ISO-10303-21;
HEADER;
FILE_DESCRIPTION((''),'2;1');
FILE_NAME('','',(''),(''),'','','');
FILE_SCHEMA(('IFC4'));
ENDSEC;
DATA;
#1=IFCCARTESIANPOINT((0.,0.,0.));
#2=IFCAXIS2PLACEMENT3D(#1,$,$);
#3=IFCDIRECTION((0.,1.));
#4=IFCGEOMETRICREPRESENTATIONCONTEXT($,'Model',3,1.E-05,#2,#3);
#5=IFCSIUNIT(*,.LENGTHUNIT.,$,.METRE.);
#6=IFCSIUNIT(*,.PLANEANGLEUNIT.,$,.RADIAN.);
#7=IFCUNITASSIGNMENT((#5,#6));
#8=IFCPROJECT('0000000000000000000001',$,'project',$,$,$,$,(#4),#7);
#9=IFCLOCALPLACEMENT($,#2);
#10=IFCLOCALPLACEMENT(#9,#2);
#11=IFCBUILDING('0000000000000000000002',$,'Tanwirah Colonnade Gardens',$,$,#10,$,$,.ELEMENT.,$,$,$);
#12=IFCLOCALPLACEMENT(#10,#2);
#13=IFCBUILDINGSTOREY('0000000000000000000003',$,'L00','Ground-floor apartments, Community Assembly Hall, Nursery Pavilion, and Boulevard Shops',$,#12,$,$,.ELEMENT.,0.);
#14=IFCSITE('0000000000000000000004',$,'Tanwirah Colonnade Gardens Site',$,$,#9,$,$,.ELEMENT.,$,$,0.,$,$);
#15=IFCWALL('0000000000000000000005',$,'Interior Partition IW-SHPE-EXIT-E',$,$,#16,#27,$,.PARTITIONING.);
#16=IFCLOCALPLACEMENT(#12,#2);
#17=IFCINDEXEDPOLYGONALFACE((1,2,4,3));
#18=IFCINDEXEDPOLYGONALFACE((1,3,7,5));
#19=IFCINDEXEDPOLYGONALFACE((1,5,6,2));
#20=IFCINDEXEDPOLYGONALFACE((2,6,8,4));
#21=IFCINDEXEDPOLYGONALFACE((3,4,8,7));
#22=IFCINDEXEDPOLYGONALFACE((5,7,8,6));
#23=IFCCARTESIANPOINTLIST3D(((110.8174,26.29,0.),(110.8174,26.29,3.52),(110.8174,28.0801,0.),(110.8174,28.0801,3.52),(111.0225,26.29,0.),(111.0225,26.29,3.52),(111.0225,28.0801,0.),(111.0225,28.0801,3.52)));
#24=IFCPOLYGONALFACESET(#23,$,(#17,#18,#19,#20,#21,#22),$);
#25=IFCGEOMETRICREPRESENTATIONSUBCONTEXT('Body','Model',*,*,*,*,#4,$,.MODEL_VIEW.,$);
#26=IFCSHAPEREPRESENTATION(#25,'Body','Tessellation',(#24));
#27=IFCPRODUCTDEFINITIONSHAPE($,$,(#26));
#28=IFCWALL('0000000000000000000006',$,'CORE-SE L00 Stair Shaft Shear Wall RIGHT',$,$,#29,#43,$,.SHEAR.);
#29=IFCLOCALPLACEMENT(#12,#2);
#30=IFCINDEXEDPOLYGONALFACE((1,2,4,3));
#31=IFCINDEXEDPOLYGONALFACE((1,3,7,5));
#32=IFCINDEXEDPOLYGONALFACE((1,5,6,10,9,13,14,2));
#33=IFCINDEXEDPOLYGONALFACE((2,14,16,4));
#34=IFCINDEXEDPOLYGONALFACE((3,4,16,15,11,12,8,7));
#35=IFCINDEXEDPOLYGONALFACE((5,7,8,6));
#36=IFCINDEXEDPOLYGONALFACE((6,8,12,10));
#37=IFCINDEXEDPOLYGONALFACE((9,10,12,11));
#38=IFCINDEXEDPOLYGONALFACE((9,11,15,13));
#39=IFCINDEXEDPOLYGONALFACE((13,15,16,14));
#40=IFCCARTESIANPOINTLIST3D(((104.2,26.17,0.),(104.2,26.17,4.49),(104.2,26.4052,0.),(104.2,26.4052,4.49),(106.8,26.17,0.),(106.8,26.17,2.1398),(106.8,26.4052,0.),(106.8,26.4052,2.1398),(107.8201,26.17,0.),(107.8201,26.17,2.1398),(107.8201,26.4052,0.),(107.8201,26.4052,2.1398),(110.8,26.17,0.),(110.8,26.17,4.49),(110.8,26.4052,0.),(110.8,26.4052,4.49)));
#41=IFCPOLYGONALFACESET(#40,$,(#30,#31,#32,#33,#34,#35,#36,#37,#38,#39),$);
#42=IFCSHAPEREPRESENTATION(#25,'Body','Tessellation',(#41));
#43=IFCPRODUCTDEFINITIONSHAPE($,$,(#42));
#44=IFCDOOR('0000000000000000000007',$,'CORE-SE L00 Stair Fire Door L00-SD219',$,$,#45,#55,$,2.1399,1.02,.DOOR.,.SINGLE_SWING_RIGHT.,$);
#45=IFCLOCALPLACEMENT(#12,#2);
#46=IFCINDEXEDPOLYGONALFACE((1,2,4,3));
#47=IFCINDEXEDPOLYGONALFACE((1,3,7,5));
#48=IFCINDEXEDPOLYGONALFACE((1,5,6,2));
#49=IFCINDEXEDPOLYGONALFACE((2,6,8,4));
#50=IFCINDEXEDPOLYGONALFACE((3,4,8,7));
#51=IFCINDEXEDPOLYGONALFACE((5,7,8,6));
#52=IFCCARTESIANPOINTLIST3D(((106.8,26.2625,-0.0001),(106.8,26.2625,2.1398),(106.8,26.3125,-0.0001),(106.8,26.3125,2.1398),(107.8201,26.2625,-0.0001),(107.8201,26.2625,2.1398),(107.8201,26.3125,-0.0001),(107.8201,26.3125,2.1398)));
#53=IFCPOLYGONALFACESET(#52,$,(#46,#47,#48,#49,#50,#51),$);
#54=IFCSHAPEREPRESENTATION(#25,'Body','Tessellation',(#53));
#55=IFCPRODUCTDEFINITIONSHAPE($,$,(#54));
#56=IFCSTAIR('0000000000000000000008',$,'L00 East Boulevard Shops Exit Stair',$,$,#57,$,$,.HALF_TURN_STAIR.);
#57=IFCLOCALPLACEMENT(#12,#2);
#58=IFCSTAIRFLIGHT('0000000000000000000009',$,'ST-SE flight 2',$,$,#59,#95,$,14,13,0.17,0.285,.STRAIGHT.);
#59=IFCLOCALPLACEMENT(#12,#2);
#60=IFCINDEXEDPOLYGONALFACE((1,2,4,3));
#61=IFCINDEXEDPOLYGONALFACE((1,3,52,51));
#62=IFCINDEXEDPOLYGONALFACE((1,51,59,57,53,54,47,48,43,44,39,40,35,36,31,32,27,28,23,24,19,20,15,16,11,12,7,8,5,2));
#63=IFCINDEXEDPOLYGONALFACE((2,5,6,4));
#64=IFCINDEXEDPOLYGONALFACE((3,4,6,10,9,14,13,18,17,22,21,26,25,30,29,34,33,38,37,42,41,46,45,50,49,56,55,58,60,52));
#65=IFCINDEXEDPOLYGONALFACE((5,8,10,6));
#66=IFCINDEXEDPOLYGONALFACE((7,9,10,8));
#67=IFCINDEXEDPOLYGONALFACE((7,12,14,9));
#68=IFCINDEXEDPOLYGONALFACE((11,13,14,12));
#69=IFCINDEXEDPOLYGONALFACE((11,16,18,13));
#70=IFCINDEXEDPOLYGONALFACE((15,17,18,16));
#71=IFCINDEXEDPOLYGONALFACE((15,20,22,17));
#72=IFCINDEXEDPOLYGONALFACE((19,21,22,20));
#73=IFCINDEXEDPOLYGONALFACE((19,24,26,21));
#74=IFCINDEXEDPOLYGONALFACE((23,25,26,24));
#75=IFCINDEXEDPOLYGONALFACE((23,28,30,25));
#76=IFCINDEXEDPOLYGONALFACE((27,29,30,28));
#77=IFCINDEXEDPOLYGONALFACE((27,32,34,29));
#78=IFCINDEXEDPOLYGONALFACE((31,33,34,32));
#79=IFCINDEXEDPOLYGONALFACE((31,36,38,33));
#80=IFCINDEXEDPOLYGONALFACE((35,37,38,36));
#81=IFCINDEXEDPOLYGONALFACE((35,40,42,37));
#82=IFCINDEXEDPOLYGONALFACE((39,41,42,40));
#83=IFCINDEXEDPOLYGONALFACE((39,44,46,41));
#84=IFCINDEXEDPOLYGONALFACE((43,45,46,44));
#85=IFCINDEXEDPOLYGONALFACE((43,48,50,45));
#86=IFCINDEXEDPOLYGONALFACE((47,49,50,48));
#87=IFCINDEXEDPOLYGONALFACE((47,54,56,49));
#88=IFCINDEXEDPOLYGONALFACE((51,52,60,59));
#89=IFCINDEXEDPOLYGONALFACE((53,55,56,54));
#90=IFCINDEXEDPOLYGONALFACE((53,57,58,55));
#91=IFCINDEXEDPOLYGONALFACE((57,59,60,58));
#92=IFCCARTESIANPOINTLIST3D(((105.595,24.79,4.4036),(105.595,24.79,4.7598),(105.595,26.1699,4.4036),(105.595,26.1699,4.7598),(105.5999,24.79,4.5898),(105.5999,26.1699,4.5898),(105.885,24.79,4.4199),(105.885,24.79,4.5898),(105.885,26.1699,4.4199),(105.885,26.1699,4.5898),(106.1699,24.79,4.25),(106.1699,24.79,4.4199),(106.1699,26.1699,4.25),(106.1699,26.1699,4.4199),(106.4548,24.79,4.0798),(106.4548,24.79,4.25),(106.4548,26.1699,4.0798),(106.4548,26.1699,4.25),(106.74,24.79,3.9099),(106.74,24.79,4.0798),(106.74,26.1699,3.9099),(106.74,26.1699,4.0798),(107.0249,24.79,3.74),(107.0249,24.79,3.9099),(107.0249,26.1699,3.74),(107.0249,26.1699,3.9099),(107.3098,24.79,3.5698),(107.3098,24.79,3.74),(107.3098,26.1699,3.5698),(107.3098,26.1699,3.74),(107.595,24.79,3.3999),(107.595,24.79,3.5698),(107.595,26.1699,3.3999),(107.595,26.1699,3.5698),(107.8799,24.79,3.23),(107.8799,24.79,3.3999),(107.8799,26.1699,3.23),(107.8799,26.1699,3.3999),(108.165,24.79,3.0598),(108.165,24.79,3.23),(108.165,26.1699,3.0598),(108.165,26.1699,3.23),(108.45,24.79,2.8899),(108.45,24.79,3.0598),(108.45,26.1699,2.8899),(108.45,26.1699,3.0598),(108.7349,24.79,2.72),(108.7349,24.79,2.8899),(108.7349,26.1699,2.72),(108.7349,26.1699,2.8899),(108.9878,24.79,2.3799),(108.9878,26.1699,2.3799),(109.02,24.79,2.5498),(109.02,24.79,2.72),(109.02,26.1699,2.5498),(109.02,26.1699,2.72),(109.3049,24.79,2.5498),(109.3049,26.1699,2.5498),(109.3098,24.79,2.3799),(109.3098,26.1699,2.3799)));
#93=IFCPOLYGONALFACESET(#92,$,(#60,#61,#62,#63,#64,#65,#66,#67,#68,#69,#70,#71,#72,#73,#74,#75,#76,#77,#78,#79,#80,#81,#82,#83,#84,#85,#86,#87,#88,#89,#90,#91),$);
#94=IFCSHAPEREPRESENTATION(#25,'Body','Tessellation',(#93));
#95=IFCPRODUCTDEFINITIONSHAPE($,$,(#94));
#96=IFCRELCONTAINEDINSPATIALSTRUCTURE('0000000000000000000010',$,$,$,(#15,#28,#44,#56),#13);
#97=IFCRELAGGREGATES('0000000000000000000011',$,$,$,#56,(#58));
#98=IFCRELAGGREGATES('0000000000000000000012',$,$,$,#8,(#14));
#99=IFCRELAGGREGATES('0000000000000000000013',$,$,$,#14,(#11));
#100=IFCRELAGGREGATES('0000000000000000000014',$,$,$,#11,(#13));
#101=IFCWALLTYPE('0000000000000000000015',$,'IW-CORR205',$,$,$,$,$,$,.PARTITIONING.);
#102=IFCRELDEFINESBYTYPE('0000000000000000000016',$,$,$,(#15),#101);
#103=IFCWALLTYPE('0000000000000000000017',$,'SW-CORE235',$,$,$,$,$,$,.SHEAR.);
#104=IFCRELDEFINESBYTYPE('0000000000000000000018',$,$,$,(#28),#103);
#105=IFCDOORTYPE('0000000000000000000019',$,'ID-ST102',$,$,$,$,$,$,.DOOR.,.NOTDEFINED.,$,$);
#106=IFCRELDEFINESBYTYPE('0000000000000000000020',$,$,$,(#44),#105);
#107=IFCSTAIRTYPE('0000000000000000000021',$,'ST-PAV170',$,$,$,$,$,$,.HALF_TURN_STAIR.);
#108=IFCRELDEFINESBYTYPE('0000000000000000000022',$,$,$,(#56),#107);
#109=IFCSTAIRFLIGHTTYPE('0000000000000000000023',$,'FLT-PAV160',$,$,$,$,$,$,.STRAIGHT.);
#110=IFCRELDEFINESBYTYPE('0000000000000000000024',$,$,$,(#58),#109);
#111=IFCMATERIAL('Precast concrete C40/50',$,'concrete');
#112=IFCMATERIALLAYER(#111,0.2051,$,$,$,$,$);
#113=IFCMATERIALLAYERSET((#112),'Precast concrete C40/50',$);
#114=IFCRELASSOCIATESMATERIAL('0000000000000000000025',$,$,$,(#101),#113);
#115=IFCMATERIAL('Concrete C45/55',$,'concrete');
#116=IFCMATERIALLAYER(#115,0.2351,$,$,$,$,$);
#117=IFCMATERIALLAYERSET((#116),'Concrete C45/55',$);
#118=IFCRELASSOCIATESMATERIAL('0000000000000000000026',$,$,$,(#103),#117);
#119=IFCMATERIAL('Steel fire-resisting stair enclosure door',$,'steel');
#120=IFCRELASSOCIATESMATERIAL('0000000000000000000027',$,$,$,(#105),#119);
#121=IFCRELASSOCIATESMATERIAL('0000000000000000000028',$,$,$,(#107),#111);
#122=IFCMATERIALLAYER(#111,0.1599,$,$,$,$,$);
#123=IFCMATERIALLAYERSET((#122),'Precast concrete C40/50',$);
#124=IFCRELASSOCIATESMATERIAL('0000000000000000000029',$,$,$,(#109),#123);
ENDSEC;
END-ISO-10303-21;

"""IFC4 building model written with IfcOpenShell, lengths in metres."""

from ifc_helpers import new_model, si_unit, direction, frame, frame_2d, origin, place, context, subcontext, project, spatial, polyline, rectangle, outline, extrude, material, layer, layer_set, type_object, element, fill, aggregate, save


model = new_model("IFC4")

# Units and contexts
model_context = context("Model", 3, precision=1e-05, world=origin(), true_north=direction((0.0, 1.0)))
body_context = subcontext(model_context, "Body", "Model", "MODEL_VIEW")
ifc_project = project(units=[si_unit("LENGTHUNIT", "METRE"), si_unit("PLANEANGLEUNIT", "RADIAN")], contexts=[model_context])

# Site, building, storey
site_placement = place(None, origin())
site = spatial("IfcSite", under=ifc_project, at=site_placement, Name="Tanwirah Colonnade Gardens Site", CompositionType="ELEMENT", RefElevation=0.0)
building_placement = place(site_placement, origin())
building = spatial("IfcBuilding", under=site, at=building_placement, Name="Tanwirah Colonnade Gardens", CompositionType="ELEMENT")
storey_placement = place(building_placement, origin())
storey = spatial("IfcBuildingStorey", under=building, at=storey_placement, Name="L00", Description="Ground-floor apartments, Community Assembly Hall, Nursery Pavilion, and Boulevard Shops", CompositionType="ELEMENT", Elevation=0.0)

# Shared definitions
ifc_material_1 = material(Name="Precast concrete C40/50", Category="concrete")

# Wall
ifc_layer_1 = layer(ifc_material_1, 0.2051)
ifc_layer_set_1 = layer_set([ifc_layer_1], Name="Precast concrete C40/50")
wall_type_1 = type_object("IfcWallType", Name="IW-CORR205", PredefinedType="PARTITIONING", material=ifc_layer_set_1)
wall_1_placement = place(storey_placement, frame((110.9199, 26.29, 0.0), z_axis=(0.0, 0.0, 1.0), x_axis=(0.0, 1.0, 0.0)))
element("IfcWall", 1, at=wall_1_placement, inside=storey, type_object=wall_type_1, Name="Interior Partition IW-SHPE-EXIT-E", PredefinedType="PARTITIONING", context=body_context, shape_type="SweptSolid", body=[
    extrude(rectangle(XDim=1.79, YDim=0.2051, at=frame_2d((0.895, 0.0))), origin(), (0.0, 0.0, 1.0), 3.52),
])

# Wall, opening, door
ifc_material_2 = material(Name="Concrete C45/55", Category="concrete")
ifc_layer_2 = layer(ifc_material_2, 0.2351)
ifc_layer_set_2 = layer_set([ifc_layer_2], Name="Concrete C45/55")
wall_type_2 = type_object("IfcWallType", Name="SW-CORE235", PredefinedType="SHEAR", material=ifc_layer_set_2)
wall_2_placement = place(storey_placement, frame((104.2, 26.2876, 0.0), z_axis=(0.0, 0.0, 1.0), x_axis=(1.0, 0.0, 0.0)))
wall_2 = element("IfcWall", 2, at=wall_2_placement, inside=storey, type_object=wall_type_2, Name="CORE-SE L00 Stair Shaft Shear Wall RIGHT", PredefinedType="SHEAR", context=body_context, shape_type="SweptSolid", body=[
    extrude(rectangle(XDim=6.6001, YDim=0.2351, at=frame_2d((3.3, 0.0))), origin(), (0.0, 0.0, 1.0), 4.49),
])
opening_1_placement = place(wall_2_placement, frame((2.6001, 0.0, 0.0)))
opening_1 = element("IfcOpeningElement", 3, at=opening_1_placement, cuts=wall_2, PredefinedType="OPENING", context=body_context, shape_type="SweptSolid", body=[
    extrude(rectangle(XDim=1.02, YDim=2.1399, at=frame_2d((0.51, 1.0698))), frame((0.0, 0.1274, 0.0), z_axis=(0.0, -1.0, 0.0), x_axis=(1.0, 0.0, 0.0)), (0.0, 0.0, 1.0), 0.2551),
])
ifc_material_3 = material(Name="Steel fire-resisting stair enclosure door", Category="steel")
door_type_1 = type_object("IfcDoorType", Name="ID-ST102", OperationType="NOTDEFINED", PredefinedType="DOOR", material=ifc_material_3)
door_1_placement = place(opening_1_placement, origin())
door_1 = element("IfcDoor", 4, at=door_1_placement, inside=storey, type_object=door_type_1, Name="CORE-SE L00 Stair Fire Door L00-SD219", OperationType="SINGLE_SWING_RIGHT", OverallHeight=2.1399, OverallWidth=1.02, PredefinedType="DOOR", context=body_context, shape_type="SweptSolid", body=[
    extrude(rectangle(XDim=1.02, YDim=2.1399, at=frame_2d((0.51, 1.0698))), frame((0.0, 0.0249, 0.0), z_axis=(0.0, -1.0, 0.0), x_axis=(1.0, 0.0, 0.0)), (0.0, 0.0, 1.0), 0.05),
])
fill(opening_1, door_1)

# Stair, stair flight
stair_type = type_object("IfcStairType", Name="ST-PAV170", PredefinedType="HALF_TURN_STAIR", material=ifc_material_1)
stair_placement = place(storey_placement, origin())
stair = element("IfcStair", 5, at=stair_placement, inside=storey, type_object=stair_type, Name="L00 East Boulevard Shops Exit Stair", PredefinedType="HALF_TURN_STAIR")
ifc_layer_3 = layer(ifc_material_1, 0.1599)
ifc_layer_set_3 = layer_set([ifc_layer_3], Name="Precast concrete C40/50")
stair_flight_type = type_object("IfcStairFlightType", Name="FLT-PAV160", PredefinedType="STRAIGHT", material=ifc_layer_set_3)
stair_flight_placement = place(storey_placement, frame((109.3049, 25.48, 2.3799), z_axis=(0.0, 0.0, 1.0), x_axis=(-1.0, 0.0, 0.0)))
stair_flight = element("IfcStairFlight", 6, at=stair_flight_placement, type_object=stair_flight_type, Name="ST-SE flight 2", NumberOfRisers=14, NumberOfTreads=13, PredefinedType="STRAIGHT", RiserHeight=0.17, TreadLength=0.285, context=body_context, shape_type="SweptSolid", body=[
    extrude(outline(polyline([(-0.0049, 0.0), (0.0, 0.1699), (0.2849, 0.1699), (0.2849, 0.3401), (0.5701, 0.3401), (0.5701, 0.51), (0.855, 0.51), (0.855, 0.6799), (1.1399, 0.6799), (1.1399, 0.8501), (1.425, 0.8501), (1.425, 1.02), (1.71, 1.02), (1.71, 1.1899), (1.9951, 1.1899), (1.9951, 1.3601), (2.28, 1.3601), (2.28, 1.53), (2.5649, 1.53), (2.5649, 1.7), (2.8501, 1.7), (2.8501, 1.8701), (3.135, 1.8701), (3.135, 2.04), (3.4199, 2.04), (3.4199, 2.21), (3.7051, 2.21), (3.71, 2.3799), (3.71, 2.0237), (0.3171, 0.0), (-0.0049, 0.0)])), frame((0.0, 0.6899, 0.0), z_axis=(0.0, -1.0, 0.0), x_axis=(1.0, 0.0, 0.0)), (0.0, 0.0, 1.0), 1.3799),
])
aggregate(stair, [stair_flight])

save(model, "model.ifc")
